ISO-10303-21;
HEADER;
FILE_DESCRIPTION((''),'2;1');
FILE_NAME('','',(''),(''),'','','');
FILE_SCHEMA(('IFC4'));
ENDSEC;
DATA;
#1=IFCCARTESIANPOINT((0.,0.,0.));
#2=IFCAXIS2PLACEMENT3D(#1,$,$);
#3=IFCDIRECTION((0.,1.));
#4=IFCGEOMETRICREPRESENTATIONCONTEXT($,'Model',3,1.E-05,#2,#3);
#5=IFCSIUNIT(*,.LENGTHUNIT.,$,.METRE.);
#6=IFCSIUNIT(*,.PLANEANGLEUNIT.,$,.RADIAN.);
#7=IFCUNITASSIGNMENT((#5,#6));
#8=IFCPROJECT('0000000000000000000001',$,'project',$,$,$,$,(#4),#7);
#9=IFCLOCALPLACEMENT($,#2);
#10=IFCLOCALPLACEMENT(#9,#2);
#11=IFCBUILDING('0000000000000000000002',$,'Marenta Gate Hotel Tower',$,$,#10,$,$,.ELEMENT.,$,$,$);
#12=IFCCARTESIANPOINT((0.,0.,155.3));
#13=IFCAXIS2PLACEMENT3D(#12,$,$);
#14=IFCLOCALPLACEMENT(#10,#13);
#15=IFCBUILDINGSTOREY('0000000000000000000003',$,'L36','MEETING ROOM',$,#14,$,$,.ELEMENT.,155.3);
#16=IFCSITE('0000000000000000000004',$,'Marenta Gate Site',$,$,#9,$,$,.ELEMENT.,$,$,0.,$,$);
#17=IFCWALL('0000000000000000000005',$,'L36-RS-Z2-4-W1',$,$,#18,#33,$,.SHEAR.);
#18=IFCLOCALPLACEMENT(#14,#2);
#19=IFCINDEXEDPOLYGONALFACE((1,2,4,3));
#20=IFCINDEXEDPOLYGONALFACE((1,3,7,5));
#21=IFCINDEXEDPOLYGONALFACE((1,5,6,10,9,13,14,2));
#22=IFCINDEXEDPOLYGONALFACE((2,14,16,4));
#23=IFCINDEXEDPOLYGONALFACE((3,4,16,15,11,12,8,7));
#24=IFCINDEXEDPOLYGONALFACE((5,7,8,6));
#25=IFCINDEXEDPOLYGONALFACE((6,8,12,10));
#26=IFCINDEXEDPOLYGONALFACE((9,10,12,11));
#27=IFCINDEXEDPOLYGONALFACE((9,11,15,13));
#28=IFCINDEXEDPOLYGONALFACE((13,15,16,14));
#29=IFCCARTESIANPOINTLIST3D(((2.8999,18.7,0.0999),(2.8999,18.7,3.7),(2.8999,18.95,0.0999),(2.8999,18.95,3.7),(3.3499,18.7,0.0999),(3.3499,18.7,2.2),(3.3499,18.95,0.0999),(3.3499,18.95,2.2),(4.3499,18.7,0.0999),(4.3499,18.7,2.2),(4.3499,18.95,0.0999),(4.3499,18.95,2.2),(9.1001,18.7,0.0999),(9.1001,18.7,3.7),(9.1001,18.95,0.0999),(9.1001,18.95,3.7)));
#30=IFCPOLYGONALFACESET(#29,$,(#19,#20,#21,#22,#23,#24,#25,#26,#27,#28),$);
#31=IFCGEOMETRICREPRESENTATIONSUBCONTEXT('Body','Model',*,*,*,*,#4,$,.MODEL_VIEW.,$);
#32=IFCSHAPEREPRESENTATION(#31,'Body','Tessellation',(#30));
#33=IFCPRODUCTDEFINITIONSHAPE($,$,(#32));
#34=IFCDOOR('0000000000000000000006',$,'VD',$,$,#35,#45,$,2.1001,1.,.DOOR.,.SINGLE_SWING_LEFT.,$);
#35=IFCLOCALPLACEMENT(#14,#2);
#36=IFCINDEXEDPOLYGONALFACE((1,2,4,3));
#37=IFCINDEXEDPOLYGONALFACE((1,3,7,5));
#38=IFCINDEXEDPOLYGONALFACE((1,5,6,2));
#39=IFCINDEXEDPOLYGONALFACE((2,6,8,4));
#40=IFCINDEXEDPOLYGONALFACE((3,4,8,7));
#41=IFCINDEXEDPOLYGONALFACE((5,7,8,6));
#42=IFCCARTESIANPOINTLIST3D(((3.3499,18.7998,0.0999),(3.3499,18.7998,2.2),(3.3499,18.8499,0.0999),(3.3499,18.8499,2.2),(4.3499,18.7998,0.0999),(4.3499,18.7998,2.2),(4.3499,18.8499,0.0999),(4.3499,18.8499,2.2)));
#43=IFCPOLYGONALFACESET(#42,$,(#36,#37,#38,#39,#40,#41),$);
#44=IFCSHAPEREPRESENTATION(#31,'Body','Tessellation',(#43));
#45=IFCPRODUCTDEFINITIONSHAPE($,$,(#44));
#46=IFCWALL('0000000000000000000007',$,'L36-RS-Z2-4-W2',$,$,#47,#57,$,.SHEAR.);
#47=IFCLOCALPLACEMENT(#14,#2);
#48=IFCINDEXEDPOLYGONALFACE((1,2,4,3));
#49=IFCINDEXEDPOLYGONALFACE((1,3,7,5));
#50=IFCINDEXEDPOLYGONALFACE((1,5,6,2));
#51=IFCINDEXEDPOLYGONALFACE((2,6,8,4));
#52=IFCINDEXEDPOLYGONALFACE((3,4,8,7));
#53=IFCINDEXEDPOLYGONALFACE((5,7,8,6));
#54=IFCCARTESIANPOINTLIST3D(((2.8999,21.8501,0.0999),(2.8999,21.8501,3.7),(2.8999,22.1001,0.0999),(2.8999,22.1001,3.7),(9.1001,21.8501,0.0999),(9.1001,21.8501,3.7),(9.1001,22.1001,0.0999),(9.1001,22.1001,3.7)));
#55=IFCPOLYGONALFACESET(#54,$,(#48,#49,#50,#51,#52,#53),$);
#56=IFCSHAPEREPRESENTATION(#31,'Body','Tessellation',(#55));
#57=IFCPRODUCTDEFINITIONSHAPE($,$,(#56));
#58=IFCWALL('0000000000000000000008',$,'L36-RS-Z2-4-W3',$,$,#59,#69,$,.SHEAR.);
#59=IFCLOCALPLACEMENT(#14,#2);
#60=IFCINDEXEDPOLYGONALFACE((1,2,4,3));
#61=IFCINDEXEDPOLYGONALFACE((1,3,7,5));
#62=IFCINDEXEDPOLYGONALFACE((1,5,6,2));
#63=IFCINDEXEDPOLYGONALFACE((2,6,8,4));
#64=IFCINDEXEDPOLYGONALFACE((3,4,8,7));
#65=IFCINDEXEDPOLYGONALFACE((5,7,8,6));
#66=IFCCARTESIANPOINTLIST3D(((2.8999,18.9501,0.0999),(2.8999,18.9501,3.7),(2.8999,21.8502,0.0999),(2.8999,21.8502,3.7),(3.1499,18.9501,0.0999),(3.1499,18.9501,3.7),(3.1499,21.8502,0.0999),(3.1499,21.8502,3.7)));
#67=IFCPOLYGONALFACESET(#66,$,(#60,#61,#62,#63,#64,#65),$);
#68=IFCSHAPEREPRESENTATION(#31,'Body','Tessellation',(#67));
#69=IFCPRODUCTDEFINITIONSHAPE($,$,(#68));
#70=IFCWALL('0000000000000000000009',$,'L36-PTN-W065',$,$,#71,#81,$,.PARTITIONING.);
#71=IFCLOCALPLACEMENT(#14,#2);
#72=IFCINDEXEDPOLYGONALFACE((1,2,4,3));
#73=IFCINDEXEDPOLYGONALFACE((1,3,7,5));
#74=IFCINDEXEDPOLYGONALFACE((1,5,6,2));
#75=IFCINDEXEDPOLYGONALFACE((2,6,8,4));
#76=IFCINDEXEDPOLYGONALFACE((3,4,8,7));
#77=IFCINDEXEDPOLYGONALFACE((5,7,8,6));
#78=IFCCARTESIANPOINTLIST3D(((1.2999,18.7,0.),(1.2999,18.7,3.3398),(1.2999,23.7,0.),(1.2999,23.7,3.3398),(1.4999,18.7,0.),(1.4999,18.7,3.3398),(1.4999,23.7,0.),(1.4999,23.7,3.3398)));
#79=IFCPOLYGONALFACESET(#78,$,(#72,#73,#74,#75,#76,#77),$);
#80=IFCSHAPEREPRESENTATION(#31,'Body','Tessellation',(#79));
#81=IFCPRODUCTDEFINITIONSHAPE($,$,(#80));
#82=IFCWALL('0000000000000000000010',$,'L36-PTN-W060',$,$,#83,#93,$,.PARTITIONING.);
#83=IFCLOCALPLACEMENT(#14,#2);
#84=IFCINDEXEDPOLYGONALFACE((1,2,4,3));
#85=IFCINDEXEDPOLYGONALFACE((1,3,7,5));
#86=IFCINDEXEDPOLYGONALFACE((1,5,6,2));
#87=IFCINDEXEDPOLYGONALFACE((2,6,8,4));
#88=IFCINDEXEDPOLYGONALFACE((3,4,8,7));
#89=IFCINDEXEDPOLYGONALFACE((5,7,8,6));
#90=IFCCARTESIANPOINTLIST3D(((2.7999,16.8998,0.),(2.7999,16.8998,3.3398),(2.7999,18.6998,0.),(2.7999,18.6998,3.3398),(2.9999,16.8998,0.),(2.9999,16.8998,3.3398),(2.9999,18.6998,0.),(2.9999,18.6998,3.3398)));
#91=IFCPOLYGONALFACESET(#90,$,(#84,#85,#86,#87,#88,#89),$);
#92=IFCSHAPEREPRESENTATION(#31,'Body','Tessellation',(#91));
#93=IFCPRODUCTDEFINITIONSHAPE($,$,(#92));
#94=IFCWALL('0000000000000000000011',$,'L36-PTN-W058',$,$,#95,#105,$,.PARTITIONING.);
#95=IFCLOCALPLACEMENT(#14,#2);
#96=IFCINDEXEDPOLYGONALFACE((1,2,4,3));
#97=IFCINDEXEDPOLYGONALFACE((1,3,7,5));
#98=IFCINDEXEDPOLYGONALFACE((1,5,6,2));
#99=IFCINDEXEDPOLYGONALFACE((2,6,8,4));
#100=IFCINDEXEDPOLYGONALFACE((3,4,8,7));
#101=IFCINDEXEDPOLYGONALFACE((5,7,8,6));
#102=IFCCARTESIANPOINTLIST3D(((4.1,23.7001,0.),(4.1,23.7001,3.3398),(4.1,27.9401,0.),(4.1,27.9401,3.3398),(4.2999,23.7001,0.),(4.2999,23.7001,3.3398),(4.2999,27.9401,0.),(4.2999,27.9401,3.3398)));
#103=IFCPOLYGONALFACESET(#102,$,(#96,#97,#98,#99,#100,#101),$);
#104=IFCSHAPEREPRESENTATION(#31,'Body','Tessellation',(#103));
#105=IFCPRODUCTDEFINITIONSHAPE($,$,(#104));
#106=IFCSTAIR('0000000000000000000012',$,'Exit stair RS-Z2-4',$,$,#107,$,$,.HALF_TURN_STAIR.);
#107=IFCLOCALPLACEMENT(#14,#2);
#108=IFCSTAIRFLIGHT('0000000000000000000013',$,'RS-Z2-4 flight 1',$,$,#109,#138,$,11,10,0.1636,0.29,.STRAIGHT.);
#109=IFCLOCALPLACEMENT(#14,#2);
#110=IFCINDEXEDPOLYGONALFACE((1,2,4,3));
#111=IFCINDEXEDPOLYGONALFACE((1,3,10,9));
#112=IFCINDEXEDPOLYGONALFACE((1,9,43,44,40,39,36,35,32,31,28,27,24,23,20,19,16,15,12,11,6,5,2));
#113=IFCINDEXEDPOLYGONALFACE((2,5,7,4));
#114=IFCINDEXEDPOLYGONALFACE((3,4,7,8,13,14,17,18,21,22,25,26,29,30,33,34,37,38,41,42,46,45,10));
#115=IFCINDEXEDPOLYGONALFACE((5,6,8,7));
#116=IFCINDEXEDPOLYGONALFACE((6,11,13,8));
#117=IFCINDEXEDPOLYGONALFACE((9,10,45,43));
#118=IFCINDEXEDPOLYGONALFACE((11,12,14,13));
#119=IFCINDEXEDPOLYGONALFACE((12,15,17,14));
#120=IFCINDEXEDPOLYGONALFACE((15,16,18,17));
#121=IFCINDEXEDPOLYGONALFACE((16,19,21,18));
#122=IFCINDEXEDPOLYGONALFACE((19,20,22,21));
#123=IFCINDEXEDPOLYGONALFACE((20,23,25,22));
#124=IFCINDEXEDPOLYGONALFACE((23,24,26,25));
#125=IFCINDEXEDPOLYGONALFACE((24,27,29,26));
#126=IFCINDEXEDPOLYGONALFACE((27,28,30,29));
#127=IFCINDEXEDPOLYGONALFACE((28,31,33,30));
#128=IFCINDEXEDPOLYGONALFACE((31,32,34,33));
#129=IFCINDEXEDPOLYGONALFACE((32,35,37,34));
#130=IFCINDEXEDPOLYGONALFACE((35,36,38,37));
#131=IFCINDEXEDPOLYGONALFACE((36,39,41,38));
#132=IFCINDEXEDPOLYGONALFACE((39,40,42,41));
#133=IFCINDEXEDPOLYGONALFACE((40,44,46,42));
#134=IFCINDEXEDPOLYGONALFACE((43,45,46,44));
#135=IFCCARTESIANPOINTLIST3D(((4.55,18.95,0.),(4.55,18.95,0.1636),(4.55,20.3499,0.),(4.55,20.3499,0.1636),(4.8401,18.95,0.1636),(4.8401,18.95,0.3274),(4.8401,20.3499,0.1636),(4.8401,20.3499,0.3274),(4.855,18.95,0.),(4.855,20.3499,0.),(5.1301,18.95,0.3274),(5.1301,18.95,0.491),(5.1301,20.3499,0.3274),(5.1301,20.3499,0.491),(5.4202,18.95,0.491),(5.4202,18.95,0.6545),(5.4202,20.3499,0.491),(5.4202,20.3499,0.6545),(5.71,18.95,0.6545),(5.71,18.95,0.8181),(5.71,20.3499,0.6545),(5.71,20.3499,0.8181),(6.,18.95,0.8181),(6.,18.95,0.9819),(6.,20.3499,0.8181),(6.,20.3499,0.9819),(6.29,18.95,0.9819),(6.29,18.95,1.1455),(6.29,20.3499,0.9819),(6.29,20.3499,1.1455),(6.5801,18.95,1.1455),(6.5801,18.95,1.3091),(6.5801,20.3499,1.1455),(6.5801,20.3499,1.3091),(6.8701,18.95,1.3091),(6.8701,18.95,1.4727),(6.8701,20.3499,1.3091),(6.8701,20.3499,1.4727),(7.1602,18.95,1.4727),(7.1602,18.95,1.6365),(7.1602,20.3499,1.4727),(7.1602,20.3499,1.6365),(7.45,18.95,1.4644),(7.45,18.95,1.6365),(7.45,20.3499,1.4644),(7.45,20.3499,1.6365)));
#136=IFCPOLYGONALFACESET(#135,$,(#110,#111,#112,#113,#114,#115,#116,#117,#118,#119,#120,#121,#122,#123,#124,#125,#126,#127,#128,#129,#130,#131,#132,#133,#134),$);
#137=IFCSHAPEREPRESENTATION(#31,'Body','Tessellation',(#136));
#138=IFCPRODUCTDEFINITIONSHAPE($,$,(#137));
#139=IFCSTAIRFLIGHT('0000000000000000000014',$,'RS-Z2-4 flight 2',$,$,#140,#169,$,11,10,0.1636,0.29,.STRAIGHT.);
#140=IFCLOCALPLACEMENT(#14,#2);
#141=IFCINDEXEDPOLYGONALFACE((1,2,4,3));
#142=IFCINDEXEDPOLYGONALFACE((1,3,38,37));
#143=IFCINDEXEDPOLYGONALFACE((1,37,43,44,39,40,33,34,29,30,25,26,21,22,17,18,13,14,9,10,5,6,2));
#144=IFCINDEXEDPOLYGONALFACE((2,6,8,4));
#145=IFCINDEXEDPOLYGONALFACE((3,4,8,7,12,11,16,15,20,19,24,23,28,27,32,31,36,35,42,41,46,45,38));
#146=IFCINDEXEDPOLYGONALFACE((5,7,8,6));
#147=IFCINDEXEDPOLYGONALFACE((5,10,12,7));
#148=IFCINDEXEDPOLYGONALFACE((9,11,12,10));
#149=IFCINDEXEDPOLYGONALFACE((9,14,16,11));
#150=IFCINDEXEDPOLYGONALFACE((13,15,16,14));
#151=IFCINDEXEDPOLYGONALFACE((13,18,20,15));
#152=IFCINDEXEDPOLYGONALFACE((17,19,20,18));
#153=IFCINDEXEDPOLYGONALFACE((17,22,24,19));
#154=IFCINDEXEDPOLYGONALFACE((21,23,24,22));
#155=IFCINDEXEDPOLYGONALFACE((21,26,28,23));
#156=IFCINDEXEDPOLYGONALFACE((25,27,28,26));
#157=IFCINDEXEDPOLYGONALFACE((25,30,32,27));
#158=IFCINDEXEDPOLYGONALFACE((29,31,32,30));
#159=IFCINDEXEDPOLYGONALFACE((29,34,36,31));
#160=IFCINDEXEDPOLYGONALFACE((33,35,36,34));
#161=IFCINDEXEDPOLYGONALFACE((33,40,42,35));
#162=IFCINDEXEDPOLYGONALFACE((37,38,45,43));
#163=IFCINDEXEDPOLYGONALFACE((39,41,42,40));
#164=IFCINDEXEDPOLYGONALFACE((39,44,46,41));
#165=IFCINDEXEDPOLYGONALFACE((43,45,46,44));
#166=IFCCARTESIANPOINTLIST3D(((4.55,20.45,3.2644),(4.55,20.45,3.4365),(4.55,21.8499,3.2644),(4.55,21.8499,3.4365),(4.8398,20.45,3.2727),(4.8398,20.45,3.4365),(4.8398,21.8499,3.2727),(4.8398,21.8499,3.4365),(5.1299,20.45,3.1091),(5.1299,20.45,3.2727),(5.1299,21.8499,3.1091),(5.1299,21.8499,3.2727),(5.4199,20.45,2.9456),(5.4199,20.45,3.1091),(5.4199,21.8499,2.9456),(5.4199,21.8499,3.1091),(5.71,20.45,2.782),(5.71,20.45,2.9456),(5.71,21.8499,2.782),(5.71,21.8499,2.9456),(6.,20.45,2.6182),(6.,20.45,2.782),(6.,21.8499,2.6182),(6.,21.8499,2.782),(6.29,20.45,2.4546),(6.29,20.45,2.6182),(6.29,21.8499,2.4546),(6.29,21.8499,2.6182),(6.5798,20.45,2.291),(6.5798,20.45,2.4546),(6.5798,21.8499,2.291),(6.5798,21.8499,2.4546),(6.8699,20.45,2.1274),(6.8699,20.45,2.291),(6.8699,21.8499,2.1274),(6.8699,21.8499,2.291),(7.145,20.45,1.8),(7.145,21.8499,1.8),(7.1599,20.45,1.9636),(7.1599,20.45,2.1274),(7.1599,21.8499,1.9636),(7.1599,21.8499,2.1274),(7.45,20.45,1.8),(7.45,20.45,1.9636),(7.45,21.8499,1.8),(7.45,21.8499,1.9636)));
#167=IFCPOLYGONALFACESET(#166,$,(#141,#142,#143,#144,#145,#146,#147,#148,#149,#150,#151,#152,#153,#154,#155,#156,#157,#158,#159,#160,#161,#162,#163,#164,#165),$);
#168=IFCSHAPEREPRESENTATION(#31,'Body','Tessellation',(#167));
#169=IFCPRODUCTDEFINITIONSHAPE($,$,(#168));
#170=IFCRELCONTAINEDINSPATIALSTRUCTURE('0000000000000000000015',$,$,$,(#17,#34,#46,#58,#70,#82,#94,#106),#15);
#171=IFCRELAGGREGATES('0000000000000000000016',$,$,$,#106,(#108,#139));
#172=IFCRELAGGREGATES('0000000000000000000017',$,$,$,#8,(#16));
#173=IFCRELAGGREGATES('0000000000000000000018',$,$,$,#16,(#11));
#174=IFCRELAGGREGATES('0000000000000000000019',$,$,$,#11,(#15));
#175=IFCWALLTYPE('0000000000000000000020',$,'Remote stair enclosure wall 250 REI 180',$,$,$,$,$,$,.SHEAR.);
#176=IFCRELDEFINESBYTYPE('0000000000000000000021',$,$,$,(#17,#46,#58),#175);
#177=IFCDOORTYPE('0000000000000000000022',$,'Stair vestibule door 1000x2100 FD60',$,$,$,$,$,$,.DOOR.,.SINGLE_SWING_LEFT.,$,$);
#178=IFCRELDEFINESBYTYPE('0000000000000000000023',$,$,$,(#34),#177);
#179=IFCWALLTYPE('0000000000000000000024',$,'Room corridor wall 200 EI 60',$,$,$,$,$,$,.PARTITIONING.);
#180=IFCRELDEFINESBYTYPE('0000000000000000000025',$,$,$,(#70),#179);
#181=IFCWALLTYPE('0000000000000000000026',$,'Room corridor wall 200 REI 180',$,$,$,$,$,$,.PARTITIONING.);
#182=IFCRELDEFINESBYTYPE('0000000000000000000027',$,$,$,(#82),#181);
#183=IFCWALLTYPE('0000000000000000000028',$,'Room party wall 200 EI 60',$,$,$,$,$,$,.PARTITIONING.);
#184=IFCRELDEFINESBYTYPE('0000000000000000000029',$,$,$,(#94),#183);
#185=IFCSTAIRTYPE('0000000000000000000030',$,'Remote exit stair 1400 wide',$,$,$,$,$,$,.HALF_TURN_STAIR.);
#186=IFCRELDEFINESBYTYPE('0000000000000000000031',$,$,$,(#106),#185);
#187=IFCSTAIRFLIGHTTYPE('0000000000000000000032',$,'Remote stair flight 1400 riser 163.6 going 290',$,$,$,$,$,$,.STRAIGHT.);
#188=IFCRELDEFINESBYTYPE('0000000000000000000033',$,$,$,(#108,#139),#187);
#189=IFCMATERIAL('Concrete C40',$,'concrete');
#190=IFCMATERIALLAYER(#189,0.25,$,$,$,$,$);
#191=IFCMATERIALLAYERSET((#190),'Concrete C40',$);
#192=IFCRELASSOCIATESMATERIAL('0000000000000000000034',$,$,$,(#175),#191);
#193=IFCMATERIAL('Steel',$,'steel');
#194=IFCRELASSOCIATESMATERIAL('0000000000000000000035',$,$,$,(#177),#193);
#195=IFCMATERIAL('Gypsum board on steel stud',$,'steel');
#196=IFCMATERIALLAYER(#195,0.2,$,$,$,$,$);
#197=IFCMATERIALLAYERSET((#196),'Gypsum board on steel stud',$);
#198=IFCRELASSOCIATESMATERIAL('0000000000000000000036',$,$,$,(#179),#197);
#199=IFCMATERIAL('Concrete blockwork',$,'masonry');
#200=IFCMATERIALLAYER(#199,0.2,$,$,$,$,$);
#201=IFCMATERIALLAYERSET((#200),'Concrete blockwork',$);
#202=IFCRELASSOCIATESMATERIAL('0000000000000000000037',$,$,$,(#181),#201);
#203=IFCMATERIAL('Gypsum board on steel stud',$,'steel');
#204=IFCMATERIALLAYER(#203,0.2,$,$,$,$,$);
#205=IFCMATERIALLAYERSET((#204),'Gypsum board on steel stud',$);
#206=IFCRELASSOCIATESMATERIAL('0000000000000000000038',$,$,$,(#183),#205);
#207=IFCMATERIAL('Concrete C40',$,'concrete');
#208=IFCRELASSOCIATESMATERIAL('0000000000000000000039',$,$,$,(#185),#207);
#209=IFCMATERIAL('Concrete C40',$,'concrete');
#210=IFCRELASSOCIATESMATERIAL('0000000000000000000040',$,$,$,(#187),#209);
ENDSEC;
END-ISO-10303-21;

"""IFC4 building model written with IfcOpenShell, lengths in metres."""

from ifc_helpers import new_model, si_unit, direction, frame, frame_2d, origin, place, context, subcontext, project, spatial, polyline, rectangle, outline, extrude, material, layer, layer_set, type_object, element, fill, aggregate, save


model = new_model("IFC4")

# Units and contexts
model_context = context("Model", 3, precision=1e-05, world=origin(), true_north=direction((0.0, 1.0)))
body_context = subcontext(model_context, "Body", "Model", "MODEL_VIEW")
ifc_project = project(units=[si_unit("LENGTHUNIT", "METRE"), si_unit("PLANEANGLEUNIT", "RADIAN")], contexts=[model_context])

# Site, building, storey
site_placement = place(None, origin())
site = spatial("IfcSite", under=ifc_project, at=site_placement, Name="Marenta Gate Site", CompositionType="ELEMENT", RefElevation=0.0)
building_placement = place(site_placement, origin())
building = spatial("IfcBuilding", under=site, at=building_placement, Name="Marenta Gate Hotel Tower", CompositionType="ELEMENT")
storey_placement = place(building_placement, frame((0.0, 0.0, 155.3)))
storey = spatial("IfcBuildingStorey", under=building, at=storey_placement, Name="L36", Description="MEETING ROOM", CompositionType="ELEMENT", Elevation=155.3)

# Wall, opening, door
ifc_material_1 = material(Name="Concrete C40", Category="concrete")
ifc_layer_1 = layer(ifc_material_1, 0.25)
ifc_layer_set_1 = layer_set([ifc_layer_1], Name="Concrete C40")
wall_type_1 = type_object("IfcWallType", Name="Remote stair enclosure wall 250 REI 180", PredefinedType="SHEAR", material=ifc_layer_set_1)
wall_1_placement = place(storey_placement, frame((2.8999, 18.825, 0.0999), z_axis=(0.0, 0.0, 1.0), x_axis=(1.0, 0.0, 0.0)))
wall_1 = element("IfcWall", 1, at=wall_1_placement, inside=storey, type_object=wall_type_1, Name="L36-RS-Z2-4-W1", PredefinedType="SHEAR", context=body_context, shape_type="SweptSolid", body=[
    extrude(rectangle(XDim=6.2002, YDim=0.25, at=frame_2d((3.1001, 0.0))), origin(), (0.0, 0.0, 1.0), 3.6001),
])
opening_1_placement = place(wall_1_placement, frame((0.45, 0.0, 0.0)))
opening_1 = element("IfcOpeningElement", 2, at=opening_1_placement, cuts=wall_1, PredefinedType="OPENING", context=body_context, shape_type="SweptSolid", body=[
    extrude(rectangle(XDim=1.0, YDim=2.1001, at=frame_2d((0.5, 1.05))), frame((0.0, 0.125, 0.0), z_axis=(0.0, -1.0, 0.0), x_axis=(1.0, 0.0, 0.0)), (0.0, 0.0, 1.0), 0.25),
])
ifc_material_2 = material(Name="Steel", Category="steel")
door_type_1 = type_object("IfcDoorType", Name="Stair vestibule door 1000x2100 FD60", OperationType="SINGLE_SWING_LEFT", PredefinedType="DOOR", material=ifc_material_2)
door_1_placement = place(opening_1_placement, origin())
door_1 = element("IfcDoor", 3, at=door_1_placement, inside=storey, type_object=door_type_1, Name="VD", OperationType="SINGLE_SWING_LEFT", OverallHeight=2.1001, OverallWidth=1.0, PredefinedType="DOOR", context=body_context, shape_type="SweptSolid", body=[
    extrude(rectangle(XDim=1.0, YDim=2.1001, at=frame_2d((0.5, 1.05))), frame((0.0, 0.0249, 0.0), z_axis=(0.0, -1.0, 0.0), x_axis=(1.0, 0.0, 0.0)), (0.0, 0.0, 1.0), 0.05),
])
fill(opening_1, door_1)

# Walls
wall_2_placement = place(storey_placement, frame((2.8999, 21.9751, 0.0999), z_axis=(0.0, 0.0, 1.0), x_axis=(1.0, 0.0, 0.0)))
element("IfcWall", 4, at=wall_2_placement, inside=storey, type_object=wall_type_1, Name="L36-RS-Z2-4-W2", PredefinedType="SHEAR", context=body_context, shape_type="SweptSolid", body=[
    extrude(rectangle(XDim=6.2002, YDim=0.25, at=frame_2d((3.1001, 0.0))), origin(), (0.0, 0.0, 1.0), 3.6001),
])
wall_3_placement = place(storey_placement, frame((3.0249, 18.95, 0.0999), z_axis=(0.0, 0.0, 1.0), x_axis=(0.0, 1.0, 0.0)))
element("IfcWall", 5, at=wall_3_placement, inside=storey, type_object=wall_type_1, Name="L36-RS-Z2-4-W3", PredefinedType="SHEAR", context=body_context, shape_type="SweptSolid", body=[
    extrude(rectangle(XDim=2.9001, YDim=0.25, at=frame_2d((1.4502, 0.0))), origin(), (0.0, 0.0, 1.0), 3.6001),
])
ifc_material_3 = material(Name="Gypsum board on steel stud", Category="steel")
ifc_layer_2 = layer(ifc_material_3, 0.2)
ifc_layer_set_2 = layer_set([ifc_layer_2], Name="Gypsum board on steel stud")
wall_type_2 = type_object("IfcWallType", Name="Room corridor wall 200 EI 60", PredefinedType="PARTITIONING", material=ifc_layer_set_2)
wall_4_placement = place(storey_placement, frame((1.3999, 18.7, 0.0), z_axis=(0.0, 0.0, 1.0), x_axis=(0.0, 1.0, 0.0)))
element("IfcWall", 6, at=wall_4_placement, inside=storey, type_object=wall_type_2, Name="L36-PTN-W065", PredefinedType="PARTITIONING", context=body_context, shape_type="SweptSolid", body=[
    extrude(rectangle(XDim=5.0, YDim=0.2, at=frame_2d((2.5, 0.0))), origin(), (0.0, 0.0, 1.0), 3.3398),
])

# Walls
ifc_material_4 = material(Name="Concrete blockwork", Category="masonry")
ifc_layer_3 = layer(ifc_material_4, 0.2)
ifc_layer_set_3 = layer_set([ifc_layer_3], Name="Concrete blockwork")
wall_type_3 = type_object("IfcWallType", Name="Room corridor wall 200 REI 180", PredefinedType="PARTITIONING", material=ifc_layer_set_3)
wall_5_placement = place(storey_placement, frame((2.8999, 16.8999, 0.0), z_axis=(0.0, 0.0, 1.0), x_axis=(0.0, 1.0, 0.0)))
element("IfcWall", 7, at=wall_5_placement, inside=storey, type_object=wall_type_3, Name="L36-PTN-W060", PredefinedType="PARTITIONING", context=body_context, shape_type="SweptSolid", body=[
    extrude(rectangle(XDim=1.8, YDim=0.2, at=frame_2d((0.8999, 0.0))), origin(), (0.0, 0.0, 1.0), 3.3398),
])
ifc_material_5 = material(Name="Gypsum board on steel stud", Category="steel")
ifc_layer_4 = layer(ifc_material_5, 0.2)
ifc_layer_set_4 = layer_set([ifc_layer_4], Name="Gypsum board on steel stud")
wall_type_4 = type_object("IfcWallType", Name="Room party wall 200 EI 60", PredefinedType="PARTITIONING", material=ifc_layer_set_4)
wall_6_placement = place(storey_placement, frame((4.2, 23.7, 0.0), z_axis=(0.0, 0.0, 1.0), x_axis=(0.0, 1.0, 0.0)))
element("IfcWall", 8, at=wall_6_placement, inside=storey, type_object=wall_type_4, Name="L36-PTN-W058", PredefinedType="PARTITIONING", context=body_context, shape_type="SweptSolid", body=[
    extrude(rectangle(XDim=4.24, YDim=0.2, at=frame_2d((2.1201, 0.0))), origin(), (0.0, 0.0, 1.0), 3.3398),
])

# Stair, stair flights
ifc_material_6 = material(Name="Concrete C40", Category="concrete")
stair_type = type_object("IfcStairType", Name="Remote exit stair 1400 wide", PredefinedType="HALF_TURN_STAIR", material=ifc_material_6)
stair_placement = place(storey_placement, origin())
stair = element("IfcStair", 9, at=stair_placement, inside=storey, type_object=stair_type, Name="Exit stair RS-Z2-4", PredefinedType="HALF_TURN_STAIR")
ifc_material_7 = material(Name="Concrete C40", Category="concrete")
stair_flight_type = type_object("IfcStairFlightType", Name="Remote stair flight 1400 riser 163.6 going 290", PredefinedType="STRAIGHT", material=ifc_material_7)
stair_flight_1_placement = place(storey_placement, frame((4.55, 19.6499, 0.0), z_axis=(0.0, 0.0, 1.0), x_axis=(1.0, 0.0, 0.0)))
stair_flight_1 = element("IfcStairFlight", 10, at=stair_flight_1_placement, type_object=stair_flight_type, Name="RS-Z2-4 flight 1", NumberOfRisers=11, NumberOfTreads=10, PredefinedType="STRAIGHT", RiserHeight=0.1636, TreadLength=0.29, context=body_context, shape_type="SweptSolid", body=[
    extrude(outline(polyline([(0.0, 0.0), (0.0, 0.1636), (0.29, 0.1636), (0.29, 0.3274), (0.5801, 0.3274), (0.5801, 0.491), (0.8701, 0.491), (0.8701, 0.6545), (1.1599, 0.6545), (1.1599, 0.8181), (1.45, 0.8181), (1.45, 0.9819), (1.74, 0.9819), (1.74, 1.1455), (2.03, 1.1455), (2.03, 1.3091), (2.3201, 1.3091), (2.3201, 1.4727), (2.6101, 1.4727), (2.6101, 1.6365), (2.8999, 1.6365), (2.8999, 1.8), (2.8999, 1.4644), (0.3049, 0.0), (0.0, 0.0)])), frame((0.0, 0.7, 0.0), z_axis=(0.0, -1.0, 0.0), x_axis=(1.0, 0.0, 0.0)), (0.0, 0.0, 1.0), 1.3999),
])
stair_flight_2_placement = place(storey_placement, frame((7.45, 21.1499, 1.8), z_axis=(0.0, 0.0, 1.0), x_axis=(-1.0, 0.0, 0.0)))
stair_flight_2 = element("IfcStairFlight", 11, at=stair_flight_2_placement, type_object=stair_flight_type, Name="RS-Z2-4 flight 2", NumberOfRisers=11, NumberOfTreads=10, PredefinedType="STRAIGHT", RiserHeight=0.1636, TreadLength=0.29, context=body_context, shape_type="SweptSolid", body=[
    extrude(outline(polyline([(0.0, 0.0), (0.0, 0.1636), (0.29, 0.1636), (0.29, 0.3274), (0.5801, 0.3274), (0.5801, 0.491), (0.8701, 0.491), (0.8701, 0.6545), (1.1599, 0.6545), (1.1599, 0.8181), (1.45, 0.8181), (1.45, 0.9819), (1.74, 0.9819), (1.74, 1.1455), (2.03, 1.1455), (2.03, 1.3091), (2.3201, 1.3091), (2.3201, 1.4727), (2.6101, 1.4727), (2.6101, 1.6365), (2.8999, 1.6365), (2.8999, 1.8), (2.8999, 1.4644), (0.3049, 0.0), (0.0, 0.0)])), frame((0.0, 0.7, 0.0), z_axis=(0.0, -1.0, 0.0), x_axis=(1.0, 0.0, 0.0)), (0.0, 0.0, 1.0), 1.3999),
])
aggregate(stair, [stair_flight_1, stair_flight_2])

save(model, "model.ifc")
